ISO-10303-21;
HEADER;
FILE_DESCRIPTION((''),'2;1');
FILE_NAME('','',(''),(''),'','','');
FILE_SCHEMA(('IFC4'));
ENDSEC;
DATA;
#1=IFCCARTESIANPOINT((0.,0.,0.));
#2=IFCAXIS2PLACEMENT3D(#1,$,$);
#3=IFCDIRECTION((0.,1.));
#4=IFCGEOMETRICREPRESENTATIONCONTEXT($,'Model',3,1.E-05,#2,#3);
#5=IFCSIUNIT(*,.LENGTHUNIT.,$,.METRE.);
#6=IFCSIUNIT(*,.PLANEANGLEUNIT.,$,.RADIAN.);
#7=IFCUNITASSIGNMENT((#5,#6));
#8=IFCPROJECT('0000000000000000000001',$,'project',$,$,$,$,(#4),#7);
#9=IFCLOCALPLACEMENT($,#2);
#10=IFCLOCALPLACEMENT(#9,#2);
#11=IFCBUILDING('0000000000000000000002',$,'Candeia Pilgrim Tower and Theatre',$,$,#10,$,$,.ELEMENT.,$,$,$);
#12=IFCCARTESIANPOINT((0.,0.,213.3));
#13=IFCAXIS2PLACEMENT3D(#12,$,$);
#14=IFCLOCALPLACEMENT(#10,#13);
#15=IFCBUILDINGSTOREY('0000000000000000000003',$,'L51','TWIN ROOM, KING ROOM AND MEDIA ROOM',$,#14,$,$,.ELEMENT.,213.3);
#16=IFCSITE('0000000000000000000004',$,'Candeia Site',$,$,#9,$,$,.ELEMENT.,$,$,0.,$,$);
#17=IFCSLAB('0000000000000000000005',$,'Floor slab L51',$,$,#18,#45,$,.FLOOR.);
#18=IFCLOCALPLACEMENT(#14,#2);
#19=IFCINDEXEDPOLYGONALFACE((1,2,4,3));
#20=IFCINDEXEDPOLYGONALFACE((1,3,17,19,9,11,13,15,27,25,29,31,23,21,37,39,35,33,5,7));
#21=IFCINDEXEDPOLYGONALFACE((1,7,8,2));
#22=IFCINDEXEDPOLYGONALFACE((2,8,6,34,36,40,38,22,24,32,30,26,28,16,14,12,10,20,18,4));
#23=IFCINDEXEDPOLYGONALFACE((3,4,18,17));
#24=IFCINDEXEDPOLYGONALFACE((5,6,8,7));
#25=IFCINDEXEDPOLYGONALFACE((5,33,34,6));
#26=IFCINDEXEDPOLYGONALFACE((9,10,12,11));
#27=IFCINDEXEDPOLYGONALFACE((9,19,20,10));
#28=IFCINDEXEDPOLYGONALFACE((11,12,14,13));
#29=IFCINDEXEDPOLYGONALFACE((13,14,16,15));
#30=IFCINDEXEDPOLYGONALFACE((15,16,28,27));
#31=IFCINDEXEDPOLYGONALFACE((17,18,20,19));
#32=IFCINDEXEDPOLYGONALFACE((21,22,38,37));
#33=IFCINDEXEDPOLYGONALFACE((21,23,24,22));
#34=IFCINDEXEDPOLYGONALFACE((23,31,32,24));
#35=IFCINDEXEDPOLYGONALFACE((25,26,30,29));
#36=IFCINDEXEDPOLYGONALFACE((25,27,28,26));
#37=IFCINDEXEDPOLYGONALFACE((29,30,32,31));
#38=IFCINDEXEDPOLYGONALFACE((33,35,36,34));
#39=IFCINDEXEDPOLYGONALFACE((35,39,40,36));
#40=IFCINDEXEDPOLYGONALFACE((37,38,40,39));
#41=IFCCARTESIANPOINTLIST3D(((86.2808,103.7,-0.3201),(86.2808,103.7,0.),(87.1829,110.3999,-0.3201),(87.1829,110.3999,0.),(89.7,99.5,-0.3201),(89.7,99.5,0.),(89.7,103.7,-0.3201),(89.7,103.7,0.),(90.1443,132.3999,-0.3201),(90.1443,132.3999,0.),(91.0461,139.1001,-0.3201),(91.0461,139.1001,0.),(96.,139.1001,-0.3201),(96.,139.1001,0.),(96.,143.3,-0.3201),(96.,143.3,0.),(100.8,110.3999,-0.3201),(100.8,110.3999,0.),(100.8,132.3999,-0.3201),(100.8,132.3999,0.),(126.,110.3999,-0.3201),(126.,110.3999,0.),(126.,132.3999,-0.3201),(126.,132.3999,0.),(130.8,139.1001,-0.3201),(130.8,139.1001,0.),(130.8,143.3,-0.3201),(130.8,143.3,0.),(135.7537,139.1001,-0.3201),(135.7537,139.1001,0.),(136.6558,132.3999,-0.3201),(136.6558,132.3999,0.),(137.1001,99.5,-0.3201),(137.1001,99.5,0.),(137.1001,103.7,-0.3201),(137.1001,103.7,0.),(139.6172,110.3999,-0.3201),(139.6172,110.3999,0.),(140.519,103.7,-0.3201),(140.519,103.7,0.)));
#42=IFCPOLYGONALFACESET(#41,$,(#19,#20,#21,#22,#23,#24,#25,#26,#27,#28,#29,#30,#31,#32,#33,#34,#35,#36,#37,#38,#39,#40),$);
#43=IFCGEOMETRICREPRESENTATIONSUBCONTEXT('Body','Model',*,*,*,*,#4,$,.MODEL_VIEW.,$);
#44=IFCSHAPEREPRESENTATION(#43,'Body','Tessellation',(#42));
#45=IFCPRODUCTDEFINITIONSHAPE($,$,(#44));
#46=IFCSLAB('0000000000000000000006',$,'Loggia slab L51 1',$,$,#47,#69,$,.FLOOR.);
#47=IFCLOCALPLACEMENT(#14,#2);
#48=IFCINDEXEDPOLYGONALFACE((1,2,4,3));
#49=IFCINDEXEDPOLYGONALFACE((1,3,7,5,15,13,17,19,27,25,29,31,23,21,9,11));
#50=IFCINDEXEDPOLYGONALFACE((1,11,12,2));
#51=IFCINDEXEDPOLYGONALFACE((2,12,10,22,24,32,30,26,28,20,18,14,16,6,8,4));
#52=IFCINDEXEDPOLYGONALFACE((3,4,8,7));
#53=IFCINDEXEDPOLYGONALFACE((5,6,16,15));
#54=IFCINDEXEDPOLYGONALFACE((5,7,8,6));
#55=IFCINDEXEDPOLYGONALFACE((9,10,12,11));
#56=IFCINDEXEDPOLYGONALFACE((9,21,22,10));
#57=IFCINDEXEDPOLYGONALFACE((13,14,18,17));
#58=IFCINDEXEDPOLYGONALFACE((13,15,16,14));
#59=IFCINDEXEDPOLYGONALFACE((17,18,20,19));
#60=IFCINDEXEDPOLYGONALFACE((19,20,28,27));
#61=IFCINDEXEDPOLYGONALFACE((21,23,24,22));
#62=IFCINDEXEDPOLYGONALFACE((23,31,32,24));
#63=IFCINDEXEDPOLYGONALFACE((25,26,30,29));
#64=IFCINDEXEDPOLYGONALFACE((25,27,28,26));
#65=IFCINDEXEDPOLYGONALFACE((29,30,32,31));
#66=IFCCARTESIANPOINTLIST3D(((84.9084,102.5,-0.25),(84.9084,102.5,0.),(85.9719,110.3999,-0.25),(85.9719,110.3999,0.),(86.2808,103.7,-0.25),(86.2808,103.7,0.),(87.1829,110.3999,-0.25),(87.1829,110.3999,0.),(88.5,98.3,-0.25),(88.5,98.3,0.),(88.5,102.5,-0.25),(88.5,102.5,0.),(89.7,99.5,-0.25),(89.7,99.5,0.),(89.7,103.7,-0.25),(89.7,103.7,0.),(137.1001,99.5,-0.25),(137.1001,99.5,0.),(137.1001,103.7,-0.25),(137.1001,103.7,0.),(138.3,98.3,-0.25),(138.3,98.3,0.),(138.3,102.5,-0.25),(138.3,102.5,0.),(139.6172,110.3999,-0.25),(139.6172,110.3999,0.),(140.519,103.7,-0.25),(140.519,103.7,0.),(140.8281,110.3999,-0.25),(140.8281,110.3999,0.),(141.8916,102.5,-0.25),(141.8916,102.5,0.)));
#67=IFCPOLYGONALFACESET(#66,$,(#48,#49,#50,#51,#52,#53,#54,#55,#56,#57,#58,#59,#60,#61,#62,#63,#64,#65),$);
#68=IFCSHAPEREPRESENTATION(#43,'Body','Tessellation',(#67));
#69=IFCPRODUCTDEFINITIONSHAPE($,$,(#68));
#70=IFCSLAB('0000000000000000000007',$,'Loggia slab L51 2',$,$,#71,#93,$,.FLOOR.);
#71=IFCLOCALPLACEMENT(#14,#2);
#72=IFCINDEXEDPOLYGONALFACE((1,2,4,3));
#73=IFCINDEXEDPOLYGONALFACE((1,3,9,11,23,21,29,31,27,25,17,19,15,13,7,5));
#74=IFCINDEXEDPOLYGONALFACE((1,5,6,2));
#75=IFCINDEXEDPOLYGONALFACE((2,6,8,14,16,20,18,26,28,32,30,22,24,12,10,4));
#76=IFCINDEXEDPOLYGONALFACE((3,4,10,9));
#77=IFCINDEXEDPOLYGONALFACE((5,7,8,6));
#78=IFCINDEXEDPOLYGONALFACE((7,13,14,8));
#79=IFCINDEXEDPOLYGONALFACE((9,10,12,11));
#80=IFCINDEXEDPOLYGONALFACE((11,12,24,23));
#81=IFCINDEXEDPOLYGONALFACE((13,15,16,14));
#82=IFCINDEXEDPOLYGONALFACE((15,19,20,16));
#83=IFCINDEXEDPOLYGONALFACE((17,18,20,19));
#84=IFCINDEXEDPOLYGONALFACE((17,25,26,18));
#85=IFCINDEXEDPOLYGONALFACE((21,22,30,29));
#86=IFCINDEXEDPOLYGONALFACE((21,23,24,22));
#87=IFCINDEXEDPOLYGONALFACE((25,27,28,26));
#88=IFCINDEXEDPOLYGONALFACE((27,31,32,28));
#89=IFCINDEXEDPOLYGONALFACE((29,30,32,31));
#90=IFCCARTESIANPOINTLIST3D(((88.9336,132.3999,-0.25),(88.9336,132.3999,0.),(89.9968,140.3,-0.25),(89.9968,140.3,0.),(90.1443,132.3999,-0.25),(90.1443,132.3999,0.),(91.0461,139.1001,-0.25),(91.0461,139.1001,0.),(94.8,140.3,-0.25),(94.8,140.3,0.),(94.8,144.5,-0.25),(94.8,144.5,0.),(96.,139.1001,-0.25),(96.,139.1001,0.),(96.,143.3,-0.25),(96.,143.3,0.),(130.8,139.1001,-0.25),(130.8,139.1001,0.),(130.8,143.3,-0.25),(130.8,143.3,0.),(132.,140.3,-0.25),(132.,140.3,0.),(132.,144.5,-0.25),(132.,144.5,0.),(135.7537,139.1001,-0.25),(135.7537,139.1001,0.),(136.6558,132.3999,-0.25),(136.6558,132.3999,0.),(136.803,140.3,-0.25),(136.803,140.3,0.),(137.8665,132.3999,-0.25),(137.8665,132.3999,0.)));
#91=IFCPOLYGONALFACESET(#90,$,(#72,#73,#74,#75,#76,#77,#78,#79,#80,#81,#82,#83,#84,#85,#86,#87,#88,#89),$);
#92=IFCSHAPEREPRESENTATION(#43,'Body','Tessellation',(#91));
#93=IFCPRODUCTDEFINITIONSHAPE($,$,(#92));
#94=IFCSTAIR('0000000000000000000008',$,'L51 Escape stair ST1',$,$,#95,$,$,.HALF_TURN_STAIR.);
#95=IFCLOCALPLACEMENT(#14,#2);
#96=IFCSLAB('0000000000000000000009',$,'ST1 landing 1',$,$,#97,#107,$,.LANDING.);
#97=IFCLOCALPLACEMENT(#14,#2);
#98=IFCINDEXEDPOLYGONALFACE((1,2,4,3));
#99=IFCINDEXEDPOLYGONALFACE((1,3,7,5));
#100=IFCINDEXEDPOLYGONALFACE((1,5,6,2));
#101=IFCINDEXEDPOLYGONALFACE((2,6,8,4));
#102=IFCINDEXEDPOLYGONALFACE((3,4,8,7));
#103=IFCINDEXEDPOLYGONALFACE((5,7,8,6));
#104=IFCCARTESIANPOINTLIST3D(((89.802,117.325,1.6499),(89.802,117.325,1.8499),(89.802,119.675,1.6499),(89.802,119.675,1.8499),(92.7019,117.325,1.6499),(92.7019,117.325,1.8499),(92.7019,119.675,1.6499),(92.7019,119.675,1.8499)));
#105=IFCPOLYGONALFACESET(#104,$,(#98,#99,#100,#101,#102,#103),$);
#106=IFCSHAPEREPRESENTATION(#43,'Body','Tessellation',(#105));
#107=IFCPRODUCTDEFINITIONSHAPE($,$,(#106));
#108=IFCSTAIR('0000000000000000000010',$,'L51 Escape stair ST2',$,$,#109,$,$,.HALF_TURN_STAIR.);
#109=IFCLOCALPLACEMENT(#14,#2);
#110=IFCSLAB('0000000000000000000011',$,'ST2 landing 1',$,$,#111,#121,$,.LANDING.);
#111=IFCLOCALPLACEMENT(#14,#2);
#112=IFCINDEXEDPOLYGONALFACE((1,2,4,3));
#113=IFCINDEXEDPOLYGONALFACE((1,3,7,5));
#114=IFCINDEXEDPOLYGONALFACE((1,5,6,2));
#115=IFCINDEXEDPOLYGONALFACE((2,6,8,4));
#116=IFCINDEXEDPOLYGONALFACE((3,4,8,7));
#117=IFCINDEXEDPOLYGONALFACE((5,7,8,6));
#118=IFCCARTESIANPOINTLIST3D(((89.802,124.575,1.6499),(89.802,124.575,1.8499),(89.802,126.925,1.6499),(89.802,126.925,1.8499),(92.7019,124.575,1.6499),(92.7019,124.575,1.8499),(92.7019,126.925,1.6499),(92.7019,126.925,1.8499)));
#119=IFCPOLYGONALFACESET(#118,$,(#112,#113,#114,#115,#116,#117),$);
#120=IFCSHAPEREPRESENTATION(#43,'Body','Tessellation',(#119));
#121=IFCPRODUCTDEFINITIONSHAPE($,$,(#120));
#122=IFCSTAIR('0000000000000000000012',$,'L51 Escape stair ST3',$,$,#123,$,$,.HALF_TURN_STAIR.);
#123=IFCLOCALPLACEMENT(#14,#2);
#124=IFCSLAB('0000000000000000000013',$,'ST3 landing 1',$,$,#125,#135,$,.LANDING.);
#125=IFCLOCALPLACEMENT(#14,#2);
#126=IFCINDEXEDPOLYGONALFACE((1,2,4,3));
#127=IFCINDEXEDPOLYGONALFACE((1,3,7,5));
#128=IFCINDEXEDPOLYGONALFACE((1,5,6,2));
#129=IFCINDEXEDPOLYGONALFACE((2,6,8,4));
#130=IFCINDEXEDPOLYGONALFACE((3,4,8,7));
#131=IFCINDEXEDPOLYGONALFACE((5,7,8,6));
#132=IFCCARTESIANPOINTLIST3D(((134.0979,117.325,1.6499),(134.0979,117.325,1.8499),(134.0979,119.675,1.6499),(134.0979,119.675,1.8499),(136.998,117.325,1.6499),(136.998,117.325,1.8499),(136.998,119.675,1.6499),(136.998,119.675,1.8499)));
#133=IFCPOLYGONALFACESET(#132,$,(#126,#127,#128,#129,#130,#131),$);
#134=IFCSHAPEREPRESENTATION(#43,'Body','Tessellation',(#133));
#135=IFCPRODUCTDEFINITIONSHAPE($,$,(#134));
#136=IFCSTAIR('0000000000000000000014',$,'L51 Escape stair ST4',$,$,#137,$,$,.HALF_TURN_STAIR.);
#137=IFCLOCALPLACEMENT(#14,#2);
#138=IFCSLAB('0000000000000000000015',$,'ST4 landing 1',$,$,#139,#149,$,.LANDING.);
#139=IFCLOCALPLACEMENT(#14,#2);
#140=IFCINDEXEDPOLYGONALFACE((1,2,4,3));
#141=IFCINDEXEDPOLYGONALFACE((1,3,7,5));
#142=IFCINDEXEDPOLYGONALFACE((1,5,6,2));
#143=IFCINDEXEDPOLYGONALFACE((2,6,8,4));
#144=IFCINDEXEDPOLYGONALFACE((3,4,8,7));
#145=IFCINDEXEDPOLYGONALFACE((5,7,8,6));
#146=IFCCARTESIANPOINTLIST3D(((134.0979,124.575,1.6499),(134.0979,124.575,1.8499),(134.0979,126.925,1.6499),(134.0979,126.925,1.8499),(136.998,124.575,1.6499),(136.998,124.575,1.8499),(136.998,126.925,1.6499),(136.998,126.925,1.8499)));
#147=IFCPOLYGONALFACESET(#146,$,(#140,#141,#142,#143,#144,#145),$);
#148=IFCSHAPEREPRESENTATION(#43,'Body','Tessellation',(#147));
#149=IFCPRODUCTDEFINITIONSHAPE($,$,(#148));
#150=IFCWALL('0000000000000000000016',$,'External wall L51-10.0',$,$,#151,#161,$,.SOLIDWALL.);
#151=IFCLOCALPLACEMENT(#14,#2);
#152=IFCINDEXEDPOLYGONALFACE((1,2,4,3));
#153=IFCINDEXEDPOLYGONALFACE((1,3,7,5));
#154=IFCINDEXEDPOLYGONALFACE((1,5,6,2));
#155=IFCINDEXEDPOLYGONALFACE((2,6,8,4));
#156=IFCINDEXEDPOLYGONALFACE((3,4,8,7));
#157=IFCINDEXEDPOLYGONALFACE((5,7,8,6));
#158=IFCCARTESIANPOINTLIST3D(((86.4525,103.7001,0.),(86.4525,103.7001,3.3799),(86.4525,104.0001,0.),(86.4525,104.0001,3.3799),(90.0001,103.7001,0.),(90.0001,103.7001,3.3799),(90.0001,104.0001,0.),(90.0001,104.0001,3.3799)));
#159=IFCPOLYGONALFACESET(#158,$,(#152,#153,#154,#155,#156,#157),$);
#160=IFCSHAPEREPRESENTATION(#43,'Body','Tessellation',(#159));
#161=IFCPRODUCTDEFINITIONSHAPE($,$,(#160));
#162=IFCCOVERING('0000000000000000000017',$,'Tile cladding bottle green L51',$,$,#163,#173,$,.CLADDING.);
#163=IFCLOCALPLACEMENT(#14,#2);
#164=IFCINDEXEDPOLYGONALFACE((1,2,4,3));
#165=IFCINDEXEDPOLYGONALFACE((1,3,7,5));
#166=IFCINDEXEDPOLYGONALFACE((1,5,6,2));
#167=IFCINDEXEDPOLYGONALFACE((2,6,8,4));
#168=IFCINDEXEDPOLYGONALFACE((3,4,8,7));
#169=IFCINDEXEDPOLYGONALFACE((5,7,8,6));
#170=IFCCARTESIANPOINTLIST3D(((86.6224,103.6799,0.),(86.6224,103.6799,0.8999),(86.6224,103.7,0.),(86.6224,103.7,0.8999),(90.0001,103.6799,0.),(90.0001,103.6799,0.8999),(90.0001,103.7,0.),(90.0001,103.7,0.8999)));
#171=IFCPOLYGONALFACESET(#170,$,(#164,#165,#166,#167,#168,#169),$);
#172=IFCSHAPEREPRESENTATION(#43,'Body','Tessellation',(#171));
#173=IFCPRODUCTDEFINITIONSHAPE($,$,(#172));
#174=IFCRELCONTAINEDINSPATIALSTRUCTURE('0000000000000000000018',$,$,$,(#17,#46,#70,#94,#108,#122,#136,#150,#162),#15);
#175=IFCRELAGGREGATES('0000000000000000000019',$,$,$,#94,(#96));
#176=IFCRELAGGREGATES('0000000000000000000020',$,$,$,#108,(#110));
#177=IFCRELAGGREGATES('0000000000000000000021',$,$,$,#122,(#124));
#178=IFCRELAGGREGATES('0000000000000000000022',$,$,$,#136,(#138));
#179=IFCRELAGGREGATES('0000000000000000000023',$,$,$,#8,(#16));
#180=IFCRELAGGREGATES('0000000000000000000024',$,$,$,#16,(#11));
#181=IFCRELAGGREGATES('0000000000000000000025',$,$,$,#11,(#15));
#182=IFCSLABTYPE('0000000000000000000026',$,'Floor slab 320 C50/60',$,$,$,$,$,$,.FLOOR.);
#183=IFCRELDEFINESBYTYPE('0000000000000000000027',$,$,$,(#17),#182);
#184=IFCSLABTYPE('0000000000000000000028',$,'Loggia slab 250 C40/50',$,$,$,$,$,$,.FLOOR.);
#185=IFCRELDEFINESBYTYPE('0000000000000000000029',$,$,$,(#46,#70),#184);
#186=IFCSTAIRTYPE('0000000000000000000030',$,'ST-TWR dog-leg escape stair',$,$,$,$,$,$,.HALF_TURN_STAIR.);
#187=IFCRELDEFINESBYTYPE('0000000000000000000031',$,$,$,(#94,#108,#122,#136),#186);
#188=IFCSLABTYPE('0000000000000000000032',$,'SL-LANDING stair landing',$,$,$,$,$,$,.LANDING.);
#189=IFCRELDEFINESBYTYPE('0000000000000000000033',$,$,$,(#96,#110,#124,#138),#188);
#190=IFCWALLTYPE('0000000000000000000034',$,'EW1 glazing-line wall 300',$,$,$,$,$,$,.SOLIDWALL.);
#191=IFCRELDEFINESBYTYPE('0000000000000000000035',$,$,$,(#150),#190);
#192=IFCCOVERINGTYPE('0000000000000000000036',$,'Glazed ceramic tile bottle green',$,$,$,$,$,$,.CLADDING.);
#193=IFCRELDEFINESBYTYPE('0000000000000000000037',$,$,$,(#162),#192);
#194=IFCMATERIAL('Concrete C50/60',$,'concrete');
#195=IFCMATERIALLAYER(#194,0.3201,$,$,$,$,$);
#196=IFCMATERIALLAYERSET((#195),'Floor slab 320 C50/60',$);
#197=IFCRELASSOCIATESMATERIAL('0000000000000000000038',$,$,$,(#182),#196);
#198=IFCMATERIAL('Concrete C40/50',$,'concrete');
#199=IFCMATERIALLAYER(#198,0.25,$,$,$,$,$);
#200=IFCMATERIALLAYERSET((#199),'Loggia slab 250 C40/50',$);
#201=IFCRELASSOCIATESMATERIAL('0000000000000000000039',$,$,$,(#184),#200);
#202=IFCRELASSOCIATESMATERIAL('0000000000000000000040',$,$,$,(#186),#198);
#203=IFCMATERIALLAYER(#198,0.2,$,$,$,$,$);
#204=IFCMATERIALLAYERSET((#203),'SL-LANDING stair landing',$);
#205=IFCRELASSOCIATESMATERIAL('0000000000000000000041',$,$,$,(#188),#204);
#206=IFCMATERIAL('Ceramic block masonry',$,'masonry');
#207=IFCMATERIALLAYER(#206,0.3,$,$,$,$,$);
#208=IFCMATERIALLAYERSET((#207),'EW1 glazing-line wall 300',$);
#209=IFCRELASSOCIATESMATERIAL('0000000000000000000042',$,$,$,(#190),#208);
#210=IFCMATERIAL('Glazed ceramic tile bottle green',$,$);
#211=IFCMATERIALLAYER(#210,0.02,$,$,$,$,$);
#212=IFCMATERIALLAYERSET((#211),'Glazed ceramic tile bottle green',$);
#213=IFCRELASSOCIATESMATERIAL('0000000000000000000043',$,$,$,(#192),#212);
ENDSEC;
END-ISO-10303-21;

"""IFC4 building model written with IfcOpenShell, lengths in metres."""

from ifc_helpers import new_model, si_unit, direction, frame, frame_2d, origin, origin_2d, place, context, subcontext, project, spatial, polyline, rectangle, outline, extrude, material, layer, layer_set, type_object, element, aggregate, save


model = new_model("IFC4")

# Units and contexts
model_context = context("Model", 3, precision=1e-05, world=origin(), true_north=direction((0.0, 1.0)))
body_context = subcontext(model_context, "Body", "Model", "MODEL_VIEW")
ifc_project = project(units=[si_unit("LENGTHUNIT", "METRE"), si_unit("PLANEANGLEUNIT", "RADIAN")], contexts=[model_context])

# Site, building, storey
site_placement = place(None, origin())
site = spatial("IfcSite", under=ifc_project, at=site_placement, Name="Candeia Site", CompositionType="ELEMENT", RefElevation=0.0)
building_placement = place(site_placement, origin())
building = spatial("IfcBuilding", under=site, at=building_placement, Name="Candeia Pilgrim Tower and Theatre", CompositionType="ELEMENT")
storey_placement = place(building_placement, frame((0.0, 0.0, 213.3)))
storey = spatial("IfcBuildingStorey", under=building, at=storey_placement, Name="L51", Description="TWIN ROOM, KING ROOM AND MEDIA ROOM", CompositionType="ELEMENT", Elevation=213.3)

# Shared definitions
ifc_material_1 = material(Name="Concrete C50/60", Category="concrete")

# Slabs
ifc_material_2 = material(Name="Concrete C40/50", Category="concrete")
ifc_layer_1 = layer(ifc_material_1, 0.3201)
ifc_layer_set_1 = layer_set([ifc_layer_1], Name="Floor slab 320 C50/60")
slab_type_1 = type_object("IfcSlabType", Name="Floor slab 320 C50/60", PredefinedType="FLOOR", material=ifc_layer_set_1)
slab_1_placement = place(storey_placement, frame((0.0, 0.0, -0.3201)))
element("IfcSlab", 1, at=slab_1_placement, inside=storey, type_object=slab_type_1, Name="Floor slab L51", PredefinedType="FLOOR", context=body_context, shape_type="SweptSolid", body=[
    extrude(outline(polyline([(96.0, 139.1001), (96.0, 143.3), (130.8, 143.3), (130.8, 139.1001), (135.7537, 139.1001), (136.6558, 132.3999), (126.0, 132.3999), (126.0, 110.3999), (139.6172, 110.3999), (140.519, 103.7), (137.1001, 103.7), (137.1001, 99.5), (89.7, 99.5), (89.7, 103.7), (86.2808, 103.7), (87.1829, 110.3999), (100.8, 110.3999), (100.8, 132.3999), (90.1443, 132.3999), (91.0461, 139.1001), (96.0, 139.1001)])), origin(), (0.0, 0.0, 1.0), 0.3201),
])
ifc_layer_2 = layer(ifc_material_2, 0.25)
ifc_layer_set_2 = layer_set([ifc_layer_2], Name="Loggia slab 250 C40/50")
slab_type_2 = type_object("IfcSlabType", Name="Loggia slab 250 C40/50", PredefinedType="FLOOR", material=ifc_layer_set_2)
slab_2_placement = place(storey_placement, frame((0.0, 0.0, -0.25)))
element("IfcSlab", 2, at=slab_2_placement, inside=storey, type_object=slab_type_2, Name="Loggia slab L51 1", PredefinedType="FLOOR", context=body_context, shape_type="SweptSolid", body=[
    extrude(outline(polyline([(87.1829, 110.3999), (86.2808, 103.7), (89.7, 103.7), (89.7, 99.5), (137.1001, 99.5), (137.1001, 103.7), (140.519, 103.7), (139.6172, 110.3999), (140.8281, 110.3999), (141.8916, 102.5), (138.3, 102.5), (138.3, 98.3), (88.5, 98.3), (88.5, 102.5), (84.9084, 102.5), (85.9719, 110.3999), (87.1829, 110.3999)])), origin(), (0.0, 0.0, 1.0), 0.25),
])
slab_3_placement = place(storey_placement, frame((0.0, 0.0, -0.25)))
element("IfcSlab", 3, at=slab_3_placement, inside=storey, type_object=slab_type_2, Name="Loggia slab L51 2", PredefinedType="FLOOR", context=body_context, shape_type="SweptSolid", body=[
    extrude(outline(polyline([(136.6558, 132.3999), (135.7537, 139.1001), (130.8, 139.1001), (130.8, 143.3), (96.0, 143.3), (96.0, 139.1001), (91.0461, 139.1001), (90.1443, 132.3999), (88.9336, 132.3999), (89.9968, 140.3), (94.8, 140.3), (94.8, 144.5), (132.0, 144.5), (132.0, 140.3), (136.803, 140.3), (137.8665, 132.3999), (136.6558, 132.3999)])), origin(), (0.0, 0.0, 1.0), 0.25),
])

# Stairs, slabs
stair_type = type_object("IfcStairType", Name="ST-TWR dog-leg escape stair", PredefinedType="HALF_TURN_STAIR", material=ifc_material_2)
stair_1_placement = place(storey_placement, origin())
stair_1 = element("IfcStair", 4, at=stair_1_placement, inside=storey, type_object=stair_type, Name="L51 Escape stair ST1", PredefinedType="HALF_TURN_STAIR")
ifc_layer_3 = layer(ifc_material_2, 0.2)
ifc_layer_set_3 = layer_set([ifc_layer_3], Name="SL-LANDING stair landing")
slab_type_3 = type_object("IfcSlabType", Name="SL-LANDING stair landing", PredefinedType="LANDING", material=ifc_layer_set_3)
slab_4_placement = place(storey_placement, frame((0.0, 0.0, 1.6499)))
slab_4 = element("IfcSlab", 5, at=slab_4_placement, type_object=slab_type_3, Name="ST1 landing 1", PredefinedType="LANDING", context=body_context, shape_type="SweptSolid", body=[
    extrude(outline(polyline([(89.802, 119.675), (89.802, 117.325), (92.7019, 117.325), (92.7019, 119.675), (89.802, 119.675)])), origin(), (0.0, 0.0, 1.0), 0.2),
])
aggregate(stair_1, [slab_4])
stair_2_placement = place(storey_placement, origin())
stair_2 = element("IfcStair", 6, at=stair_2_placement, inside=storey, type_object=stair_type, Name="L51 Escape stair ST2", PredefinedType="HALF_TURN_STAIR")
slab_5_placement = place(storey_placement, frame((0.0, 0.0, 1.6499)))
slab_5 = element("IfcSlab", 7, at=slab_5_placement, type_object=slab_type_3, Name="ST2 landing 1", PredefinedType="LANDING", context=body_context, shape_type="SweptSolid", body=[
    extrude(outline(polyline([(89.802, 126.925), (89.802, 124.575), (92.7019, 124.575), (92.7019, 126.925), (89.802, 126.925)])), origin(), (0.0, 0.0, 1.0), 0.2),
])
aggregate(stair_2, [slab_5])
stair_3_placement = place(storey_placement, origin())
stair_3 = element("IfcStair", 8, at=stair_3_placement, inside=storey, type_object=stair_type, Name="L51 Escape stair ST3", PredefinedType="HALF_TURN_STAIR")
slab_6_placement = place(storey_placement, frame((0.0, 0.0, 1.6499)))
slab_6 = element("IfcSlab", 9, at=slab_6_placement, type_object=slab_type_3, Name="ST3 landing 1", PredefinedType="LANDING", context=body_context, shape_type="SweptSolid", body=[
    extrude(outline(polyline([(134.0979, 119.675), (134.0979, 117.325), (136.998, 117.325), (136.998, 119.675), (134.0979, 119.675)])), origin(), (0.0, 0.0, 1.0), 0.2),
])
aggregate(stair_3, [slab_6])
stair_4_placement = place(storey_placement, origin())
stair_4 = element("IfcStair", 10, at=stair_4_placement, inside=storey, type_object=stair_type, Name="L51 Escape stair ST4", PredefinedType="HALF_TURN_STAIR")
slab_7_placement = place(storey_placement, frame((0.0, 0.0, 1.6499)))
slab_7 = element("IfcSlab", 11, at=slab_7_placement, type_object=slab_type_3, Name="ST4 landing 1", PredefinedType="LANDING", context=body_context, shape_type="SweptSolid", body=[
    extrude(outline(polyline([(134.0979, 126.925), (134.0979, 124.575), (136.998, 124.575), (136.998, 126.925), (134.0979, 126.925)])), origin(), (0.0, 0.0, 1.0), 0.2),
])
aggregate(stair_4, [slab_7])

# Wall
ifc_material_3 = material(Name="Ceramic block masonry", Category="masonry")
ifc_layer_4 = layer(ifc_material_3, 0.3)
ifc_layer_set_4 = layer_set([ifc_layer_4], Name="EW1 glazing-line wall 300")
wall_type = type_object("IfcWallType", Name="EW1 glazing-line wall 300", PredefinedType="SOLIDWALL", material=ifc_layer_set_4)
wall_placement = place(storey_placement, frame((86.4524, 103.8501, 0.0), z_axis=(0.0, 0.0, 1.0), x_axis=(1.0, 0.0, 0.0)))
element("IfcWall", 12, at=wall_placement, inside=storey, type_object=wall_type, Name="External wall L51-10.0", PredefinedType="SOLIDWALL", context=body_context, shape_type="SweptSolid", body=[
    extrude(rectangle(XDim=3.5476, YDim=0.3, at=frame_2d((1.7739, 0.0))), origin(), (0.0, 0.0, 1.0), 3.3799),
])

# Covering
ifc_material_4 = material(Name="Glazed ceramic tile bottle green")
ifc_layer_5 = layer(ifc_material_4, 0.02)
ifc_layer_set_5 = layer_set([ifc_layer_5], Name="Glazed ceramic tile bottle green")
covering_type = type_object("IfcCoveringType", Name="Glazed ceramic tile bottle green", PredefinedType="CLADDING", material=ifc_layer_set_5)
covering_placement = place(storey_placement, frame((88.3113, 103.6899, 0.0), z_axis=(0.0, 0.0, 1.0), x_axis=(1.0, 0.0, 0.0)))
element("IfcCovering", 13, at=covering_placement, inside=storey, type_object=covering_type, Name="Tile cladding bottle green L51", PredefinedType="CLADDING", context=body_context, shape_type="SweptSolid", body=[
    extrude(rectangle(XDim=3.3777, YDim=0.02, at=origin_2d()), origin(), (0.0, 0.0, 1.0), 0.8999),
])

save(model, "model.ifc")
